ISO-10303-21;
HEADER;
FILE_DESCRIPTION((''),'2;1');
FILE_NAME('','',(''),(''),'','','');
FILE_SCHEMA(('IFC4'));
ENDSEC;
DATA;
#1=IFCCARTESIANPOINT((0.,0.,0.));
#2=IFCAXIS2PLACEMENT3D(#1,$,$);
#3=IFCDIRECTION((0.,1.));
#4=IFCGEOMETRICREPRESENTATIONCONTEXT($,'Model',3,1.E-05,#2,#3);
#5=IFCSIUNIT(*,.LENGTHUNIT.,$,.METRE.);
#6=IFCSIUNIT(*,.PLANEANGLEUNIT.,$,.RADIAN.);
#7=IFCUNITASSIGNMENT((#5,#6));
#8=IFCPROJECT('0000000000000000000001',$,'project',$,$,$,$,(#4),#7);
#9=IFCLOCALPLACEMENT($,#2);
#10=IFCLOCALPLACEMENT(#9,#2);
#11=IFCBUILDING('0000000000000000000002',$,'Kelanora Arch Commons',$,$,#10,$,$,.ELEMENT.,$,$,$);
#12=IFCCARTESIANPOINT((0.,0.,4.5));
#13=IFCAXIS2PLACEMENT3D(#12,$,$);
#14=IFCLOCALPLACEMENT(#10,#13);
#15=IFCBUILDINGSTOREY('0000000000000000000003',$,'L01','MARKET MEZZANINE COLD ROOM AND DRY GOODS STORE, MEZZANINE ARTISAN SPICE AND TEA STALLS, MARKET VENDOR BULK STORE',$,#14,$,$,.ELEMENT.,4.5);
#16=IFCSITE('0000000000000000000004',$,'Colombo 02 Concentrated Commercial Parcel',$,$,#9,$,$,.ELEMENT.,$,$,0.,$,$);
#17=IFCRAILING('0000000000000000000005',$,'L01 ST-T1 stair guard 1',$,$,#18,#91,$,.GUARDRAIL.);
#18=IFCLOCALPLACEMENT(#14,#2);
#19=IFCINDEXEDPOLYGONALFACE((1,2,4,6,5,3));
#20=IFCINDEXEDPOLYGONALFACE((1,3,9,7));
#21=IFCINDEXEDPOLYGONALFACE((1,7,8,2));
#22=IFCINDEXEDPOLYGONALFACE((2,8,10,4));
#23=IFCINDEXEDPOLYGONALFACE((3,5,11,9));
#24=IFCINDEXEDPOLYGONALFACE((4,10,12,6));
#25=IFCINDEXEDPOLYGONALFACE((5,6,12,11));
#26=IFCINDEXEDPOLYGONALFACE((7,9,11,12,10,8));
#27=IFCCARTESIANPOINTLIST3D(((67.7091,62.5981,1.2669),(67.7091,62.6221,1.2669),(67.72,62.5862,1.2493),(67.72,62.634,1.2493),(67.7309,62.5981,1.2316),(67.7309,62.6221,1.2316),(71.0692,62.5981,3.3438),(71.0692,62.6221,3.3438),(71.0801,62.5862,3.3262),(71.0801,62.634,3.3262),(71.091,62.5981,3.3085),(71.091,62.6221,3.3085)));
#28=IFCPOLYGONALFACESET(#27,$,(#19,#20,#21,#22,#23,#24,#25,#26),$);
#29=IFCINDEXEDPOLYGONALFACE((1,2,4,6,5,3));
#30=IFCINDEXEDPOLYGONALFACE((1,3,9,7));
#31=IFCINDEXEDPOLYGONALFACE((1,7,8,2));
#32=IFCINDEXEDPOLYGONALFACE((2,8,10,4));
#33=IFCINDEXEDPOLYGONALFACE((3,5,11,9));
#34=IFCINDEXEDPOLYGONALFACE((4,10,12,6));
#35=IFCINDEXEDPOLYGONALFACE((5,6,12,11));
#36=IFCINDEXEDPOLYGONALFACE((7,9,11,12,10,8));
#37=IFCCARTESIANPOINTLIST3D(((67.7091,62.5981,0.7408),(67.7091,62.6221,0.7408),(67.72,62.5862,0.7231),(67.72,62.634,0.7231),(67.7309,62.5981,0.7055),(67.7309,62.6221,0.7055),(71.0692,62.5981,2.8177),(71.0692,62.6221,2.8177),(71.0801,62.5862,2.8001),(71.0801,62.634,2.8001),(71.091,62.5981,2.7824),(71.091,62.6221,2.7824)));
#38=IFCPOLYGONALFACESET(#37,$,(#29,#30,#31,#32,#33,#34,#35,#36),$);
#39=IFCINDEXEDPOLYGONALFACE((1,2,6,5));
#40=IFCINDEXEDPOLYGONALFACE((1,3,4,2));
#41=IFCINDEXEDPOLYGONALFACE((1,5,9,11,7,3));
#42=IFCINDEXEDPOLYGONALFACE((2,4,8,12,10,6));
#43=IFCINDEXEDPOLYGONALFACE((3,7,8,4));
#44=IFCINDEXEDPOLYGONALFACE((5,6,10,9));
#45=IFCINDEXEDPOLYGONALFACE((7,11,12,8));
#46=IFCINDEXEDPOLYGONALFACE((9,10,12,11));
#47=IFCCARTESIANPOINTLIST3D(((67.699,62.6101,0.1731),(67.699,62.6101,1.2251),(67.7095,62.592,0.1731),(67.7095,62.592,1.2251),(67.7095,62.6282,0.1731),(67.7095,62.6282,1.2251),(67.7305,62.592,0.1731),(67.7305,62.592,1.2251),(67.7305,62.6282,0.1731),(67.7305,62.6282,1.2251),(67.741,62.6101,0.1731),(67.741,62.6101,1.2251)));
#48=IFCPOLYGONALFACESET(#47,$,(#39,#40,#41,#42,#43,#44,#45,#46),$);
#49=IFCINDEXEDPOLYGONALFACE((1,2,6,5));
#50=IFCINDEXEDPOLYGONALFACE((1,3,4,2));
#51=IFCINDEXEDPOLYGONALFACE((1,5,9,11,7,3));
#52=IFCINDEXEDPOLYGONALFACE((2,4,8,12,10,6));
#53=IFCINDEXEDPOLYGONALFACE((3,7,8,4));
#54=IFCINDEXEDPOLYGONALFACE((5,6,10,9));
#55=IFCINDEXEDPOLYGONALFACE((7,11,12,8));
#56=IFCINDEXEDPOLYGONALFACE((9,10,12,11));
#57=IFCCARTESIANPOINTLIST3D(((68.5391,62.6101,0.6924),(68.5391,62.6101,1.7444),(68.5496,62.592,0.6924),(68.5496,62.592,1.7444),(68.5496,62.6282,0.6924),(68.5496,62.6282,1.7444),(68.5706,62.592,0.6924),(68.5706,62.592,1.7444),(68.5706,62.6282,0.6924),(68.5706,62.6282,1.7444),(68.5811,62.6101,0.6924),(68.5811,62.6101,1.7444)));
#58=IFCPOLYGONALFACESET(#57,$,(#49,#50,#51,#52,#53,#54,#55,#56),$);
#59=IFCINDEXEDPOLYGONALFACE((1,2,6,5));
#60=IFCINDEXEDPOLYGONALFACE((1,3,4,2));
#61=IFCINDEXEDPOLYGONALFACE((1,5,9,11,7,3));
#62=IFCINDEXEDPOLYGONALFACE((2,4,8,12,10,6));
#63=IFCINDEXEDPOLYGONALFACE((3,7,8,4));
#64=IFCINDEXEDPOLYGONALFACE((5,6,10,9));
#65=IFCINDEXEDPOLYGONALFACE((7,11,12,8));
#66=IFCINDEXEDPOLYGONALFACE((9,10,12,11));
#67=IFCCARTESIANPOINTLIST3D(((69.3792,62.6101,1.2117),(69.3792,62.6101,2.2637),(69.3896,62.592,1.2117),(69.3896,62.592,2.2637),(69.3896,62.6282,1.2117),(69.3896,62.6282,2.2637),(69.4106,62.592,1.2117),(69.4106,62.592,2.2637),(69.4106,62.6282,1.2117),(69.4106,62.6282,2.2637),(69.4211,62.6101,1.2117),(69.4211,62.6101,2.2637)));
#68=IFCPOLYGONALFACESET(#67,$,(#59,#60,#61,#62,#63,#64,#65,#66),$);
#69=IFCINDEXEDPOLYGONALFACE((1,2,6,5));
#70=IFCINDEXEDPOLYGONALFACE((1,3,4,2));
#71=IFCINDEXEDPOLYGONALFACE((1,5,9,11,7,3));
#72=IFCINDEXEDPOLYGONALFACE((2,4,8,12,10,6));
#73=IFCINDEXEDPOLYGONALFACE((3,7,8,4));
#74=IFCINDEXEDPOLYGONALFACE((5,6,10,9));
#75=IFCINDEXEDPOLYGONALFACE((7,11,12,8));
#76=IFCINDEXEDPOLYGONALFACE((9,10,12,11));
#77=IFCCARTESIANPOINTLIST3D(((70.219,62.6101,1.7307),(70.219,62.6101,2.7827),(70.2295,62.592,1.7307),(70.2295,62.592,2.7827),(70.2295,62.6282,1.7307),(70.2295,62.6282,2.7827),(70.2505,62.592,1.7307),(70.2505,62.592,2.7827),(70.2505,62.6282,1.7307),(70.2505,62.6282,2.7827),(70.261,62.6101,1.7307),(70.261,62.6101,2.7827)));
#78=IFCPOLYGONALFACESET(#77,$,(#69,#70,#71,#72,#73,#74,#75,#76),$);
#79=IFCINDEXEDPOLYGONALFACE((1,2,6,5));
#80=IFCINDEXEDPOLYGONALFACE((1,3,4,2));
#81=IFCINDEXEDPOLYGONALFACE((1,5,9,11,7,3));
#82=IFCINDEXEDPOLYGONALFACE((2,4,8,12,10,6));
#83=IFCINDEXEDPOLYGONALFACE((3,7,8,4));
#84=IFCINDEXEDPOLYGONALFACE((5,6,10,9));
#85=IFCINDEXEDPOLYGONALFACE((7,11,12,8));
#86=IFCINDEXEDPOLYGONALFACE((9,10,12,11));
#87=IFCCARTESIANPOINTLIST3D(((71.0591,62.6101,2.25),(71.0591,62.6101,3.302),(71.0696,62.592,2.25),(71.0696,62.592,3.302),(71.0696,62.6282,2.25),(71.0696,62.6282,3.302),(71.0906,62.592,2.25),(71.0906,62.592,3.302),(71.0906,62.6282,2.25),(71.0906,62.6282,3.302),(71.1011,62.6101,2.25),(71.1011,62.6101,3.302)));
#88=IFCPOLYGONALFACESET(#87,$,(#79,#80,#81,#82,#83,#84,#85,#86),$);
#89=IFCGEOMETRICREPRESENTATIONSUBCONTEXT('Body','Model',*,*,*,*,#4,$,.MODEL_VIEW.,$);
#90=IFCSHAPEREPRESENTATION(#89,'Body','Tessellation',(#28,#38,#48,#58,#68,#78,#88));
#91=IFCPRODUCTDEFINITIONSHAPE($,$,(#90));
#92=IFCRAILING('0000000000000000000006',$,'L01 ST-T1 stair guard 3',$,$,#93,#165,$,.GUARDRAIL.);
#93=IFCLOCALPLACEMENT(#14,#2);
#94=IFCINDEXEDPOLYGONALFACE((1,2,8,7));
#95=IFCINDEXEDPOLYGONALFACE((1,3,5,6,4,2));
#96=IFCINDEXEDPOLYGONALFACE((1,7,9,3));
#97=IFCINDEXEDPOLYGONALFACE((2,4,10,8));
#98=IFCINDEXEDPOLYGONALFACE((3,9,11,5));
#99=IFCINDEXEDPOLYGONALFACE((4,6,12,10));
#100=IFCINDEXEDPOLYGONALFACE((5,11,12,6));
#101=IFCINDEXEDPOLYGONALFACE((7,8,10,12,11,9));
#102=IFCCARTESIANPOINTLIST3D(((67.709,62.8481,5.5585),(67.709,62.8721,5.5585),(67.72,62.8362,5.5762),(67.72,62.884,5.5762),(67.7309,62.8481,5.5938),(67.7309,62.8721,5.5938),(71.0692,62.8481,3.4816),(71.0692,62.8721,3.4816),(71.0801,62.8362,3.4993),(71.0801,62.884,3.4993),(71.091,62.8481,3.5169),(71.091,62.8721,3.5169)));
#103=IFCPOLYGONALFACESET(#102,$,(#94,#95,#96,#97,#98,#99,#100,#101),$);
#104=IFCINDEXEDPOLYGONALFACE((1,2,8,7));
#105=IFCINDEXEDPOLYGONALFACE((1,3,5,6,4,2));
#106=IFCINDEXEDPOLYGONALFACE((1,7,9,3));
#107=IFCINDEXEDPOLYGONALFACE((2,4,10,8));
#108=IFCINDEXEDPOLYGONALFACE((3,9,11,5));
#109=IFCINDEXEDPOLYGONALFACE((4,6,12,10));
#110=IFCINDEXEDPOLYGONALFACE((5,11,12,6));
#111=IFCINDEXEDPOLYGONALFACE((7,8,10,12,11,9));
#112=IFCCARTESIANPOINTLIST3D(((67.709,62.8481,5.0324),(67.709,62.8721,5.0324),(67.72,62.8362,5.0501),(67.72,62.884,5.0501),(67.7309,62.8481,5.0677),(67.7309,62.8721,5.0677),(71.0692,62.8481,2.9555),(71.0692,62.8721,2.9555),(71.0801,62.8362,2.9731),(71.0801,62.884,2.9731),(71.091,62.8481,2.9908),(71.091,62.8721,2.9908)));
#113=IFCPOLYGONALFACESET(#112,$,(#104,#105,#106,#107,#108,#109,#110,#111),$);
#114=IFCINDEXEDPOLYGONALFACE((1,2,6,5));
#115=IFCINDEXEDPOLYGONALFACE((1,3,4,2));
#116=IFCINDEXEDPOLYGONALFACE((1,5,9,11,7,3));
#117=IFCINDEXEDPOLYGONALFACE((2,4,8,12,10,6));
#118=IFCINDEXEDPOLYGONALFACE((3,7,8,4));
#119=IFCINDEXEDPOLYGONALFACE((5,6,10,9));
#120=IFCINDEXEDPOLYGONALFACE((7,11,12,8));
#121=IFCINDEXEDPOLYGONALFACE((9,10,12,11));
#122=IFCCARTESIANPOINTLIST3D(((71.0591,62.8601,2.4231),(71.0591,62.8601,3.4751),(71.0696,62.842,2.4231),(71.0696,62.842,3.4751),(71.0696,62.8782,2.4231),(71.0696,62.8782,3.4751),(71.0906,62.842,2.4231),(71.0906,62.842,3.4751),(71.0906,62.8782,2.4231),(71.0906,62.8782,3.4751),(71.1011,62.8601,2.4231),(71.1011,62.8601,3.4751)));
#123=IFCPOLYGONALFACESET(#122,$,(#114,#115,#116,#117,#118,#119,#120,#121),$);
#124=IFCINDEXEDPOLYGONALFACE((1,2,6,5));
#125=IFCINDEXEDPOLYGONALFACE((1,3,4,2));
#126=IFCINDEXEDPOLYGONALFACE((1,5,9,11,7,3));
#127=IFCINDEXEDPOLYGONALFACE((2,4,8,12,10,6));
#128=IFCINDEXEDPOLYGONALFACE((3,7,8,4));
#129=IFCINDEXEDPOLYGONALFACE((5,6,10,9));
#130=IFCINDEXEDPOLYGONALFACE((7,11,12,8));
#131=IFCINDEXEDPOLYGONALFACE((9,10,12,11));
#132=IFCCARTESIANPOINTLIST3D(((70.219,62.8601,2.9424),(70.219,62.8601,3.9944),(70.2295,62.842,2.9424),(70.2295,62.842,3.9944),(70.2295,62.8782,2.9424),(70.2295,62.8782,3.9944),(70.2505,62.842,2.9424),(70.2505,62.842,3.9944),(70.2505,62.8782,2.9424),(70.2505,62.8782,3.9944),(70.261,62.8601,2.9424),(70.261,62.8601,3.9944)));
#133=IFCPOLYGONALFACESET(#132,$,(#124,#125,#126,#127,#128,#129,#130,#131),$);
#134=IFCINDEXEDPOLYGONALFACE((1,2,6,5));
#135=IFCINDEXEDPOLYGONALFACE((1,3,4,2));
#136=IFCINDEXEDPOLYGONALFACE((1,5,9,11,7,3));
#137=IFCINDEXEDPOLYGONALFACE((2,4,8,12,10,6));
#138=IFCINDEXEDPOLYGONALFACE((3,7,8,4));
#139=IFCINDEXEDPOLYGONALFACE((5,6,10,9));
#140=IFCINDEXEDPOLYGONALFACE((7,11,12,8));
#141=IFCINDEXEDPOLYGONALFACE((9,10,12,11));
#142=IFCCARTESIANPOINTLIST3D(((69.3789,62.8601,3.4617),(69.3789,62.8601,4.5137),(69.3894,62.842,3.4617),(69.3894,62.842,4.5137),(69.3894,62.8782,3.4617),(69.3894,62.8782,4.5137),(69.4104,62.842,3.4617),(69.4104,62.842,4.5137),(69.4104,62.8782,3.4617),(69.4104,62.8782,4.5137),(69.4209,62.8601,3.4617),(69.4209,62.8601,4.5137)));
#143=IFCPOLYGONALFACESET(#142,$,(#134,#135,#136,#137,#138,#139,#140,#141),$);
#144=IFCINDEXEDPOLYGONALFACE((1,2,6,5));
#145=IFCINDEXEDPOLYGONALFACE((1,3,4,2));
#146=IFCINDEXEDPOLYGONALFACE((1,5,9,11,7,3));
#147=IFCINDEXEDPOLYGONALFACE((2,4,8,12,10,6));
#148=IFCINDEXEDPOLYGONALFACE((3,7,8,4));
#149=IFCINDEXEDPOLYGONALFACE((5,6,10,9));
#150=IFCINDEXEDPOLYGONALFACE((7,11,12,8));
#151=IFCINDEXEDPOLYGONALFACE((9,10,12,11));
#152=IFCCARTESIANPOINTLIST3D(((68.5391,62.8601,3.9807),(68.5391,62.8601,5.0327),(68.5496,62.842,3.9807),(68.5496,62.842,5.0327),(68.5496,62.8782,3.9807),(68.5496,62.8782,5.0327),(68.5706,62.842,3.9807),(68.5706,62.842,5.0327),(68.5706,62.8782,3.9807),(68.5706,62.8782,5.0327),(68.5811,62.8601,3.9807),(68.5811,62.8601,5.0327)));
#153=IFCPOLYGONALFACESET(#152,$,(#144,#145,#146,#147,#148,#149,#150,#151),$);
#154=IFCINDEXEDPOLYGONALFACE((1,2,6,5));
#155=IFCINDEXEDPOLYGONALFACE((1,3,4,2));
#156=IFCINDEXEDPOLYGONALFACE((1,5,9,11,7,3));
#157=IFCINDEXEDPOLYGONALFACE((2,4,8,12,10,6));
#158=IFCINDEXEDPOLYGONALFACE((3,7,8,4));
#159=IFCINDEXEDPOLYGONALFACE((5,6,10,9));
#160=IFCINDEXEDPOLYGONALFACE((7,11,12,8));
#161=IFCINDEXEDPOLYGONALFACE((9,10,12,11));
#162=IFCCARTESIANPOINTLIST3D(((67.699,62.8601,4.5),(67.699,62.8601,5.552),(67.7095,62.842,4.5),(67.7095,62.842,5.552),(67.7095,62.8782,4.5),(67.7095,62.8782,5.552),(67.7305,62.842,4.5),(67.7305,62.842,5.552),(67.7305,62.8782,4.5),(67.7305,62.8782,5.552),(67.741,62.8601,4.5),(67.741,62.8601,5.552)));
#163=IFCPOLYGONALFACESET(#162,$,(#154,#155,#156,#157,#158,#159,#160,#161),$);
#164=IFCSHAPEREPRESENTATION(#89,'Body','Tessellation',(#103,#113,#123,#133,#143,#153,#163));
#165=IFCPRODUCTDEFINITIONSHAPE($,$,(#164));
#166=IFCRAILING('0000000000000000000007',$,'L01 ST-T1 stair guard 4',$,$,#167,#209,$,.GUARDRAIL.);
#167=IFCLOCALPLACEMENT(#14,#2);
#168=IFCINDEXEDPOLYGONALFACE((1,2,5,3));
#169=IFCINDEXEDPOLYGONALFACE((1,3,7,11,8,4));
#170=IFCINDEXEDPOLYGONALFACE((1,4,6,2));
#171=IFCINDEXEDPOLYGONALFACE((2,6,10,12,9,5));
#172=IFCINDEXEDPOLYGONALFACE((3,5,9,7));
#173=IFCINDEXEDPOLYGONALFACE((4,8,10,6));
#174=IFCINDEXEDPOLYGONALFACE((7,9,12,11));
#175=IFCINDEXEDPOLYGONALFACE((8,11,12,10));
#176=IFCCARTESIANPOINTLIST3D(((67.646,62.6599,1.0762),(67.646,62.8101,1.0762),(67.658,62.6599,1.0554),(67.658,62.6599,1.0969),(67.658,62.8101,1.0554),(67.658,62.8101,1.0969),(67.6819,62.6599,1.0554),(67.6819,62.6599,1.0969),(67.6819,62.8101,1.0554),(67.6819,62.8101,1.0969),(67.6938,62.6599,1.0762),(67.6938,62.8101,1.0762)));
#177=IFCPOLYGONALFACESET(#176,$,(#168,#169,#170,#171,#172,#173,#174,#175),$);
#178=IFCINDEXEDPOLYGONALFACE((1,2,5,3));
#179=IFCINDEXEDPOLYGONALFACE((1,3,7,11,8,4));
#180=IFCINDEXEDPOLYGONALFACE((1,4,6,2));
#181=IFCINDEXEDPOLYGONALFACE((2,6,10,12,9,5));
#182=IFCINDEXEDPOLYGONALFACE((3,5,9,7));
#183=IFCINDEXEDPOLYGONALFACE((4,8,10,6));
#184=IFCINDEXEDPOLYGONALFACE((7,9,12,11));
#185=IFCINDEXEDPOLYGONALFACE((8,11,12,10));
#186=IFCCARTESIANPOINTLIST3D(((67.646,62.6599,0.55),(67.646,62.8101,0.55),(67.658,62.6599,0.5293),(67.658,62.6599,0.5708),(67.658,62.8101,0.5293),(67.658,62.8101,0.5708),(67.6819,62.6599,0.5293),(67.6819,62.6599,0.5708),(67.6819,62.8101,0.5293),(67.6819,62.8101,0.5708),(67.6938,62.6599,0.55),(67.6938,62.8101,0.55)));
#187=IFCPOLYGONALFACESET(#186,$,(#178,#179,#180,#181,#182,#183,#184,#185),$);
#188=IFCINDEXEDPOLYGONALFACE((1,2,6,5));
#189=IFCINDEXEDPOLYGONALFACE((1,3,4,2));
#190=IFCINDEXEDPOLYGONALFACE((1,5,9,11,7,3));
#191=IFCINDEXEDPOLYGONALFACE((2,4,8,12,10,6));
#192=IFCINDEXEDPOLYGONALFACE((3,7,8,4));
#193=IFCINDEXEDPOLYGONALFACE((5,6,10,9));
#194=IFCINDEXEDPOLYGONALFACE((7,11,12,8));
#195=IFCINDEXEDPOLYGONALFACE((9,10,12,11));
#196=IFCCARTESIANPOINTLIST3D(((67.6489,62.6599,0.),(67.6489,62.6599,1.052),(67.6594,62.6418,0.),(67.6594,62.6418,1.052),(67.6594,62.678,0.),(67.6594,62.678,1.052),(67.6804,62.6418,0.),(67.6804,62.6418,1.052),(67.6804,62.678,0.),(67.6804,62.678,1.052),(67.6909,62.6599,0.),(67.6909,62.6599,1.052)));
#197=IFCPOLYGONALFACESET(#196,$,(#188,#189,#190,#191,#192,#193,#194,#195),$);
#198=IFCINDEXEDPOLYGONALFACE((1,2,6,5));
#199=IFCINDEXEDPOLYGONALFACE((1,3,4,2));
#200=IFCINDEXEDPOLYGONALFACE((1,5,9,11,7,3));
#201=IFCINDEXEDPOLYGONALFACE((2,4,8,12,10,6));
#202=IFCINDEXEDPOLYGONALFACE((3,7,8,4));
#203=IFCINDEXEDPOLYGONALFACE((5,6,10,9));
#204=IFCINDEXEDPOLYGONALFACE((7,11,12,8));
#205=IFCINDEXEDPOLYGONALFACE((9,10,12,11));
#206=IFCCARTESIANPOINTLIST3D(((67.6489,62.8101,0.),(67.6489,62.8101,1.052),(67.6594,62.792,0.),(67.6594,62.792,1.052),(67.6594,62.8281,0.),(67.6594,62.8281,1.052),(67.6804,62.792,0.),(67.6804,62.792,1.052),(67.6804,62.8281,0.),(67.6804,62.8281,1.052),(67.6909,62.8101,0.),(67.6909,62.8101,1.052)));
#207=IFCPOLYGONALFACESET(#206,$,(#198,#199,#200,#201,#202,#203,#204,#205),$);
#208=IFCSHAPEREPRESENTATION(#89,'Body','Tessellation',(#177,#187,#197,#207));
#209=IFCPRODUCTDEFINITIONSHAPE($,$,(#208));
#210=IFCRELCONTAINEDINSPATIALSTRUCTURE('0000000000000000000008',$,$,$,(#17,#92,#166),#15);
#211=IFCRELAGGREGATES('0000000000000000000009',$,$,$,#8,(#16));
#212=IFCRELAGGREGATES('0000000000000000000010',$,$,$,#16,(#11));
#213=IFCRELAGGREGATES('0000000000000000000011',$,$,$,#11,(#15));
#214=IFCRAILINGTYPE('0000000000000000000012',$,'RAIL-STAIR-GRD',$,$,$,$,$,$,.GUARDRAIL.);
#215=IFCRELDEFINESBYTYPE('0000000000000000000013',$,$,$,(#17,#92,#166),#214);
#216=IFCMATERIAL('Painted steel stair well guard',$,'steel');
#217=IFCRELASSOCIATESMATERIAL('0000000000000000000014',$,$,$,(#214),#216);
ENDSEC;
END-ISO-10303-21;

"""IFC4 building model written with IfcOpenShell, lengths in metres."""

from ifc_helpers import new_model, si_unit, direction, frame, origin, place, context, subcontext, project, spatial, polyline, outline, extrude, material, type_object, element, save


model = new_model("IFC4")

# Units and contexts
model_context = context("Model", 3, precision=1e-05, world=origin(), true_north=direction((0.0, 1.0)))
body_context = subcontext(model_context, "Body", "Model", "MODEL_VIEW")
ifc_project = project(units=[si_unit("LENGTHUNIT", "METRE"), si_unit("PLANEANGLEUNIT", "RADIAN")], contexts=[model_context])

# Site, building, storey
site_placement = place(None, origin())
site = spatial("IfcSite", under=ifc_project, at=site_placement, Name="Colombo 02 Concentrated Commercial Parcel", CompositionType="ELEMENT", RefElevation=0.0)
building_placement = place(site_placement, origin())
building = spatial("IfcBuilding", under=site, at=building_placement, Name="Kelanora Arch Commons", CompositionType="ELEMENT")
storey_placement = place(building_placement, frame((0.0, 0.0, 4.5)))
storey = spatial("IfcBuildingStorey", under=building, at=storey_placement, Name="L01", Description="MARKET MEZZANINE COLD ROOM AND DRY GOODS STORE, MEZZANINE ARTISAN SPICE AND TEA STALLS, MARKET VENDOR BULK STORE", CompositionType="ELEMENT", Elevation=4.5)

# Railings
ifc_material_1 = material(Name="Painted steel stair well guard", Category="steel")
railing_type_1 = type_object("IfcRailingType", Name="RAIL-STAIR-GRD", PredefinedType="GUARDRAIL", material=ifc_material_1)
railing_1_placement = place(storey_placement, frame((67.72, 62.6101, 0.1731)))
element("IfcRailing", 1, at=railing_1_placement, inside=storey, type_object=railing_type_1, Name="L01 ST-T1 stair guard 1", PredefinedType="GUARDRAIL", context=body_context, shape_type="SweptSolid", body=[
    extrude(outline(polyline([(0.0239, 0.0), (0.012, 0.0208), (-0.012, 0.0208), (-0.0239, 0.0), (-0.012, -0.0208), (0.012, -0.0208), (0.0239, 0.0)])), frame((0.0, 0.0, 1.0762), z_axis=(0.850623, 0.0, 0.525776), x_axis=(0.0, 1.0, 0.0)), (0.0, 0.0, 1.0), 3.9502),
    extrude(outline(polyline([(0.0239, 0.0), (0.012, 0.0208), (-0.012, 0.0208), (-0.0239, 0.0), (-0.012, -0.0208), (0.012, -0.0208), (0.0239, 0.0)])), frame((0.0, 0.0, 0.55), z_axis=(0.850623, 0.0, 0.525776), x_axis=(0.0, 1.0, 0.0)), (0.0, 0.0, 1.0), 3.9502),
    extrude(outline(polyline([(0.021, 0.0), (0.0105, 0.0181), (-0.0105, 0.0181), (-0.021, 0.0), (-0.0105, -0.0181), (0.0105, -0.0181), (0.021, 0.0)])), origin(), (0.0, 0.0, 1.0), 1.052),
    extrude(outline(polyline([(0.021, 0.0), (0.0105, 0.0181), (-0.0105, 0.0181), (-0.021, 0.0), (-0.0105, -0.0181), (0.0105, -0.0181), (0.021, 0.0)])), frame((0.8401, 0.0, 0.5193)), (0.0, 0.0, 1.0), 1.052),
    extrude(outline(polyline([(0.021, 0.0), (0.0105, 0.0181), (-0.0105, 0.0181), (-0.021, 0.0), (-0.0105, -0.0181), (0.0105, -0.0181), (0.021, 0.0)])), frame((1.6802, 0.0, 1.0386)), (0.0, 0.0, 1.0), 1.052),
    extrude(outline(polyline([(0.021, 0.0), (0.0105, 0.0181), (-0.0105, 0.0181), (-0.021, 0.0), (-0.0105, -0.0181), (0.0105, -0.0181), (0.021, 0.0)])), frame((2.52, 0.0, 1.5576)), (0.0, 0.0, 1.0), 1.052),
    extrude(outline(polyline([(0.021, 0.0), (0.0105, 0.0181), (-0.0105, 0.0181), (-0.021, 0.0), (-0.0105, -0.0181), (0.0105, -0.0181), (0.021, 0.0)])), frame((3.3601, 0.0, 2.0769)), (0.0, 0.0, 1.0), 1.052),
])
railing_2_placement = place(storey_placement, frame((71.0801, 62.8601, 2.4231)))
element("IfcRailing", 2, at=railing_2_placement, inside=storey, type_object=railing_type_1, Name="L01 ST-T1 stair guard 3", PredefinedType="GUARDRAIL", context=body_context, shape_type="SweptSolid", body=[
    extrude(outline(polyline([(0.0239, 0.0), (0.012, 0.0208), (-0.012, 0.0208), (-0.0239, 0.0), (-0.012, -0.0208), (0.012, -0.0208), (0.0239, 0.0)])), frame((0.0, 0.0, 1.0762), z_axis=(-0.850623, 0.0, 0.525776), x_axis=(0.0, -1.0, 0.0)), (0.0, 0.0, 1.0), 3.9502),
    extrude(outline(polyline([(0.0239, 0.0), (0.012, 0.0208), (-0.012, 0.0208), (-0.0239, 0.0), (-0.012, -0.0208), (0.012, -0.0208), (0.0239, 0.0)])), frame((0.0, 0.0, 0.55), z_axis=(-0.850623, 0.0, 0.525776), x_axis=(0.0, -1.0, 0.0)), (0.0, 0.0, 1.0), 3.9502),
    extrude(outline(polyline([(0.021, 0.0), (0.0105, 0.0181), (-0.0105, 0.0181), (-0.021, 0.0), (-0.0105, -0.0181), (0.0105, -0.0181), (0.021, 0.0)])), origin(), (0.0, 0.0, 1.0), 1.052),
    extrude(outline(polyline([(0.021, 0.0), (0.0105, 0.0181), (-0.0105, 0.0181), (-0.021, 0.0), (-0.0105, -0.0181), (0.0105, -0.0181), (0.021, 0.0)])), frame((-0.8401, 0.0, 0.5193)), (0.0, 0.0, 1.0), 1.052),
    extrude(outline(polyline([(0.021, 0.0), (0.0105, 0.0181), (-0.0105, 0.0181), (-0.021, 0.0), (-0.0105, -0.0181), (0.0105, -0.0181), (0.021, 0.0)])), frame((-1.6802, 0.0, 1.0386)), (0.0, 0.0, 1.0), 1.052),
    extrude(outline(polyline([(0.021, 0.0), (0.0105, 0.0181), (-0.0105, 0.0181), (-0.021, 0.0), (-0.0105, -0.0181), (0.0105, -0.0181), (0.021, 0.0)])), frame((-2.52, 0.0, 1.5576)), (0.0, 0.0, 1.0), 1.052),
    extrude(outline(polyline([(0.021, 0.0), (0.0105, 0.0181), (-0.0105, 0.0181), (-0.021, 0.0), (-0.0105, -0.0181), (0.0105, -0.0181), (0.021, 0.0)])), frame((-3.3601, 0.0, 2.0769)), (0.0, 0.0, 1.0), 1.052),
])
railing_3_placement = place(storey_placement, frame((67.6699, 62.6599, 0.0)))
element("IfcRailing", 3, at=railing_3_placement, inside=storey, type_object=railing_type_1, Name="L01 ST-T1 stair guard 4", PredefinedType="GUARDRAIL", context=body_context, shape_type="SweptSolid", body=[
    extrude(outline(polyline([(0.0239, 0.0), (0.012, 0.0208), (-0.012, 0.0208), (-0.0239, 0.0), (-0.012, -0.0208), (0.012, -0.0208), (0.0239, 0.0)])), frame((0.0, 0.0, 1.0762), z_axis=(0.0, 1.0, 0.0), x_axis=(-1.0, 0.0, 0.0)), (0.0, 0.0, 1.0), 0.1501),
    extrude(outline(polyline([(0.0239, 0.0), (0.012, 0.0208), (-0.012, 0.0208), (-0.0239, 0.0), (-0.012, -0.0208), (0.012, -0.0208), (0.0239, 0.0)])), frame((0.0, 0.0, 0.55), z_axis=(0.0, 1.0, 0.0), x_axis=(-1.0, 0.0, 0.0)), (0.0, 0.0, 1.0), 0.1501),
    extrude(outline(polyline([(0.021, 0.0), (0.0105, 0.0181), (-0.0105, 0.0181), (-0.021, 0.0), (-0.0105, -0.0181), (0.0105, -0.0181), (0.021, 0.0)])), origin(), (0.0, 0.0, 1.0), 1.052),
    extrude(outline(polyline([(0.021, 0.0), (0.0105, 0.0181), (-0.0105, 0.0181), (-0.021, 0.0), (-0.0105, -0.0181), (0.0105, -0.0181), (0.021, 0.0)])), frame((0.0, 0.1501, 0.0)), (0.0, 0.0, 1.0), 1.052),
])

save(model, "model.ifc")
